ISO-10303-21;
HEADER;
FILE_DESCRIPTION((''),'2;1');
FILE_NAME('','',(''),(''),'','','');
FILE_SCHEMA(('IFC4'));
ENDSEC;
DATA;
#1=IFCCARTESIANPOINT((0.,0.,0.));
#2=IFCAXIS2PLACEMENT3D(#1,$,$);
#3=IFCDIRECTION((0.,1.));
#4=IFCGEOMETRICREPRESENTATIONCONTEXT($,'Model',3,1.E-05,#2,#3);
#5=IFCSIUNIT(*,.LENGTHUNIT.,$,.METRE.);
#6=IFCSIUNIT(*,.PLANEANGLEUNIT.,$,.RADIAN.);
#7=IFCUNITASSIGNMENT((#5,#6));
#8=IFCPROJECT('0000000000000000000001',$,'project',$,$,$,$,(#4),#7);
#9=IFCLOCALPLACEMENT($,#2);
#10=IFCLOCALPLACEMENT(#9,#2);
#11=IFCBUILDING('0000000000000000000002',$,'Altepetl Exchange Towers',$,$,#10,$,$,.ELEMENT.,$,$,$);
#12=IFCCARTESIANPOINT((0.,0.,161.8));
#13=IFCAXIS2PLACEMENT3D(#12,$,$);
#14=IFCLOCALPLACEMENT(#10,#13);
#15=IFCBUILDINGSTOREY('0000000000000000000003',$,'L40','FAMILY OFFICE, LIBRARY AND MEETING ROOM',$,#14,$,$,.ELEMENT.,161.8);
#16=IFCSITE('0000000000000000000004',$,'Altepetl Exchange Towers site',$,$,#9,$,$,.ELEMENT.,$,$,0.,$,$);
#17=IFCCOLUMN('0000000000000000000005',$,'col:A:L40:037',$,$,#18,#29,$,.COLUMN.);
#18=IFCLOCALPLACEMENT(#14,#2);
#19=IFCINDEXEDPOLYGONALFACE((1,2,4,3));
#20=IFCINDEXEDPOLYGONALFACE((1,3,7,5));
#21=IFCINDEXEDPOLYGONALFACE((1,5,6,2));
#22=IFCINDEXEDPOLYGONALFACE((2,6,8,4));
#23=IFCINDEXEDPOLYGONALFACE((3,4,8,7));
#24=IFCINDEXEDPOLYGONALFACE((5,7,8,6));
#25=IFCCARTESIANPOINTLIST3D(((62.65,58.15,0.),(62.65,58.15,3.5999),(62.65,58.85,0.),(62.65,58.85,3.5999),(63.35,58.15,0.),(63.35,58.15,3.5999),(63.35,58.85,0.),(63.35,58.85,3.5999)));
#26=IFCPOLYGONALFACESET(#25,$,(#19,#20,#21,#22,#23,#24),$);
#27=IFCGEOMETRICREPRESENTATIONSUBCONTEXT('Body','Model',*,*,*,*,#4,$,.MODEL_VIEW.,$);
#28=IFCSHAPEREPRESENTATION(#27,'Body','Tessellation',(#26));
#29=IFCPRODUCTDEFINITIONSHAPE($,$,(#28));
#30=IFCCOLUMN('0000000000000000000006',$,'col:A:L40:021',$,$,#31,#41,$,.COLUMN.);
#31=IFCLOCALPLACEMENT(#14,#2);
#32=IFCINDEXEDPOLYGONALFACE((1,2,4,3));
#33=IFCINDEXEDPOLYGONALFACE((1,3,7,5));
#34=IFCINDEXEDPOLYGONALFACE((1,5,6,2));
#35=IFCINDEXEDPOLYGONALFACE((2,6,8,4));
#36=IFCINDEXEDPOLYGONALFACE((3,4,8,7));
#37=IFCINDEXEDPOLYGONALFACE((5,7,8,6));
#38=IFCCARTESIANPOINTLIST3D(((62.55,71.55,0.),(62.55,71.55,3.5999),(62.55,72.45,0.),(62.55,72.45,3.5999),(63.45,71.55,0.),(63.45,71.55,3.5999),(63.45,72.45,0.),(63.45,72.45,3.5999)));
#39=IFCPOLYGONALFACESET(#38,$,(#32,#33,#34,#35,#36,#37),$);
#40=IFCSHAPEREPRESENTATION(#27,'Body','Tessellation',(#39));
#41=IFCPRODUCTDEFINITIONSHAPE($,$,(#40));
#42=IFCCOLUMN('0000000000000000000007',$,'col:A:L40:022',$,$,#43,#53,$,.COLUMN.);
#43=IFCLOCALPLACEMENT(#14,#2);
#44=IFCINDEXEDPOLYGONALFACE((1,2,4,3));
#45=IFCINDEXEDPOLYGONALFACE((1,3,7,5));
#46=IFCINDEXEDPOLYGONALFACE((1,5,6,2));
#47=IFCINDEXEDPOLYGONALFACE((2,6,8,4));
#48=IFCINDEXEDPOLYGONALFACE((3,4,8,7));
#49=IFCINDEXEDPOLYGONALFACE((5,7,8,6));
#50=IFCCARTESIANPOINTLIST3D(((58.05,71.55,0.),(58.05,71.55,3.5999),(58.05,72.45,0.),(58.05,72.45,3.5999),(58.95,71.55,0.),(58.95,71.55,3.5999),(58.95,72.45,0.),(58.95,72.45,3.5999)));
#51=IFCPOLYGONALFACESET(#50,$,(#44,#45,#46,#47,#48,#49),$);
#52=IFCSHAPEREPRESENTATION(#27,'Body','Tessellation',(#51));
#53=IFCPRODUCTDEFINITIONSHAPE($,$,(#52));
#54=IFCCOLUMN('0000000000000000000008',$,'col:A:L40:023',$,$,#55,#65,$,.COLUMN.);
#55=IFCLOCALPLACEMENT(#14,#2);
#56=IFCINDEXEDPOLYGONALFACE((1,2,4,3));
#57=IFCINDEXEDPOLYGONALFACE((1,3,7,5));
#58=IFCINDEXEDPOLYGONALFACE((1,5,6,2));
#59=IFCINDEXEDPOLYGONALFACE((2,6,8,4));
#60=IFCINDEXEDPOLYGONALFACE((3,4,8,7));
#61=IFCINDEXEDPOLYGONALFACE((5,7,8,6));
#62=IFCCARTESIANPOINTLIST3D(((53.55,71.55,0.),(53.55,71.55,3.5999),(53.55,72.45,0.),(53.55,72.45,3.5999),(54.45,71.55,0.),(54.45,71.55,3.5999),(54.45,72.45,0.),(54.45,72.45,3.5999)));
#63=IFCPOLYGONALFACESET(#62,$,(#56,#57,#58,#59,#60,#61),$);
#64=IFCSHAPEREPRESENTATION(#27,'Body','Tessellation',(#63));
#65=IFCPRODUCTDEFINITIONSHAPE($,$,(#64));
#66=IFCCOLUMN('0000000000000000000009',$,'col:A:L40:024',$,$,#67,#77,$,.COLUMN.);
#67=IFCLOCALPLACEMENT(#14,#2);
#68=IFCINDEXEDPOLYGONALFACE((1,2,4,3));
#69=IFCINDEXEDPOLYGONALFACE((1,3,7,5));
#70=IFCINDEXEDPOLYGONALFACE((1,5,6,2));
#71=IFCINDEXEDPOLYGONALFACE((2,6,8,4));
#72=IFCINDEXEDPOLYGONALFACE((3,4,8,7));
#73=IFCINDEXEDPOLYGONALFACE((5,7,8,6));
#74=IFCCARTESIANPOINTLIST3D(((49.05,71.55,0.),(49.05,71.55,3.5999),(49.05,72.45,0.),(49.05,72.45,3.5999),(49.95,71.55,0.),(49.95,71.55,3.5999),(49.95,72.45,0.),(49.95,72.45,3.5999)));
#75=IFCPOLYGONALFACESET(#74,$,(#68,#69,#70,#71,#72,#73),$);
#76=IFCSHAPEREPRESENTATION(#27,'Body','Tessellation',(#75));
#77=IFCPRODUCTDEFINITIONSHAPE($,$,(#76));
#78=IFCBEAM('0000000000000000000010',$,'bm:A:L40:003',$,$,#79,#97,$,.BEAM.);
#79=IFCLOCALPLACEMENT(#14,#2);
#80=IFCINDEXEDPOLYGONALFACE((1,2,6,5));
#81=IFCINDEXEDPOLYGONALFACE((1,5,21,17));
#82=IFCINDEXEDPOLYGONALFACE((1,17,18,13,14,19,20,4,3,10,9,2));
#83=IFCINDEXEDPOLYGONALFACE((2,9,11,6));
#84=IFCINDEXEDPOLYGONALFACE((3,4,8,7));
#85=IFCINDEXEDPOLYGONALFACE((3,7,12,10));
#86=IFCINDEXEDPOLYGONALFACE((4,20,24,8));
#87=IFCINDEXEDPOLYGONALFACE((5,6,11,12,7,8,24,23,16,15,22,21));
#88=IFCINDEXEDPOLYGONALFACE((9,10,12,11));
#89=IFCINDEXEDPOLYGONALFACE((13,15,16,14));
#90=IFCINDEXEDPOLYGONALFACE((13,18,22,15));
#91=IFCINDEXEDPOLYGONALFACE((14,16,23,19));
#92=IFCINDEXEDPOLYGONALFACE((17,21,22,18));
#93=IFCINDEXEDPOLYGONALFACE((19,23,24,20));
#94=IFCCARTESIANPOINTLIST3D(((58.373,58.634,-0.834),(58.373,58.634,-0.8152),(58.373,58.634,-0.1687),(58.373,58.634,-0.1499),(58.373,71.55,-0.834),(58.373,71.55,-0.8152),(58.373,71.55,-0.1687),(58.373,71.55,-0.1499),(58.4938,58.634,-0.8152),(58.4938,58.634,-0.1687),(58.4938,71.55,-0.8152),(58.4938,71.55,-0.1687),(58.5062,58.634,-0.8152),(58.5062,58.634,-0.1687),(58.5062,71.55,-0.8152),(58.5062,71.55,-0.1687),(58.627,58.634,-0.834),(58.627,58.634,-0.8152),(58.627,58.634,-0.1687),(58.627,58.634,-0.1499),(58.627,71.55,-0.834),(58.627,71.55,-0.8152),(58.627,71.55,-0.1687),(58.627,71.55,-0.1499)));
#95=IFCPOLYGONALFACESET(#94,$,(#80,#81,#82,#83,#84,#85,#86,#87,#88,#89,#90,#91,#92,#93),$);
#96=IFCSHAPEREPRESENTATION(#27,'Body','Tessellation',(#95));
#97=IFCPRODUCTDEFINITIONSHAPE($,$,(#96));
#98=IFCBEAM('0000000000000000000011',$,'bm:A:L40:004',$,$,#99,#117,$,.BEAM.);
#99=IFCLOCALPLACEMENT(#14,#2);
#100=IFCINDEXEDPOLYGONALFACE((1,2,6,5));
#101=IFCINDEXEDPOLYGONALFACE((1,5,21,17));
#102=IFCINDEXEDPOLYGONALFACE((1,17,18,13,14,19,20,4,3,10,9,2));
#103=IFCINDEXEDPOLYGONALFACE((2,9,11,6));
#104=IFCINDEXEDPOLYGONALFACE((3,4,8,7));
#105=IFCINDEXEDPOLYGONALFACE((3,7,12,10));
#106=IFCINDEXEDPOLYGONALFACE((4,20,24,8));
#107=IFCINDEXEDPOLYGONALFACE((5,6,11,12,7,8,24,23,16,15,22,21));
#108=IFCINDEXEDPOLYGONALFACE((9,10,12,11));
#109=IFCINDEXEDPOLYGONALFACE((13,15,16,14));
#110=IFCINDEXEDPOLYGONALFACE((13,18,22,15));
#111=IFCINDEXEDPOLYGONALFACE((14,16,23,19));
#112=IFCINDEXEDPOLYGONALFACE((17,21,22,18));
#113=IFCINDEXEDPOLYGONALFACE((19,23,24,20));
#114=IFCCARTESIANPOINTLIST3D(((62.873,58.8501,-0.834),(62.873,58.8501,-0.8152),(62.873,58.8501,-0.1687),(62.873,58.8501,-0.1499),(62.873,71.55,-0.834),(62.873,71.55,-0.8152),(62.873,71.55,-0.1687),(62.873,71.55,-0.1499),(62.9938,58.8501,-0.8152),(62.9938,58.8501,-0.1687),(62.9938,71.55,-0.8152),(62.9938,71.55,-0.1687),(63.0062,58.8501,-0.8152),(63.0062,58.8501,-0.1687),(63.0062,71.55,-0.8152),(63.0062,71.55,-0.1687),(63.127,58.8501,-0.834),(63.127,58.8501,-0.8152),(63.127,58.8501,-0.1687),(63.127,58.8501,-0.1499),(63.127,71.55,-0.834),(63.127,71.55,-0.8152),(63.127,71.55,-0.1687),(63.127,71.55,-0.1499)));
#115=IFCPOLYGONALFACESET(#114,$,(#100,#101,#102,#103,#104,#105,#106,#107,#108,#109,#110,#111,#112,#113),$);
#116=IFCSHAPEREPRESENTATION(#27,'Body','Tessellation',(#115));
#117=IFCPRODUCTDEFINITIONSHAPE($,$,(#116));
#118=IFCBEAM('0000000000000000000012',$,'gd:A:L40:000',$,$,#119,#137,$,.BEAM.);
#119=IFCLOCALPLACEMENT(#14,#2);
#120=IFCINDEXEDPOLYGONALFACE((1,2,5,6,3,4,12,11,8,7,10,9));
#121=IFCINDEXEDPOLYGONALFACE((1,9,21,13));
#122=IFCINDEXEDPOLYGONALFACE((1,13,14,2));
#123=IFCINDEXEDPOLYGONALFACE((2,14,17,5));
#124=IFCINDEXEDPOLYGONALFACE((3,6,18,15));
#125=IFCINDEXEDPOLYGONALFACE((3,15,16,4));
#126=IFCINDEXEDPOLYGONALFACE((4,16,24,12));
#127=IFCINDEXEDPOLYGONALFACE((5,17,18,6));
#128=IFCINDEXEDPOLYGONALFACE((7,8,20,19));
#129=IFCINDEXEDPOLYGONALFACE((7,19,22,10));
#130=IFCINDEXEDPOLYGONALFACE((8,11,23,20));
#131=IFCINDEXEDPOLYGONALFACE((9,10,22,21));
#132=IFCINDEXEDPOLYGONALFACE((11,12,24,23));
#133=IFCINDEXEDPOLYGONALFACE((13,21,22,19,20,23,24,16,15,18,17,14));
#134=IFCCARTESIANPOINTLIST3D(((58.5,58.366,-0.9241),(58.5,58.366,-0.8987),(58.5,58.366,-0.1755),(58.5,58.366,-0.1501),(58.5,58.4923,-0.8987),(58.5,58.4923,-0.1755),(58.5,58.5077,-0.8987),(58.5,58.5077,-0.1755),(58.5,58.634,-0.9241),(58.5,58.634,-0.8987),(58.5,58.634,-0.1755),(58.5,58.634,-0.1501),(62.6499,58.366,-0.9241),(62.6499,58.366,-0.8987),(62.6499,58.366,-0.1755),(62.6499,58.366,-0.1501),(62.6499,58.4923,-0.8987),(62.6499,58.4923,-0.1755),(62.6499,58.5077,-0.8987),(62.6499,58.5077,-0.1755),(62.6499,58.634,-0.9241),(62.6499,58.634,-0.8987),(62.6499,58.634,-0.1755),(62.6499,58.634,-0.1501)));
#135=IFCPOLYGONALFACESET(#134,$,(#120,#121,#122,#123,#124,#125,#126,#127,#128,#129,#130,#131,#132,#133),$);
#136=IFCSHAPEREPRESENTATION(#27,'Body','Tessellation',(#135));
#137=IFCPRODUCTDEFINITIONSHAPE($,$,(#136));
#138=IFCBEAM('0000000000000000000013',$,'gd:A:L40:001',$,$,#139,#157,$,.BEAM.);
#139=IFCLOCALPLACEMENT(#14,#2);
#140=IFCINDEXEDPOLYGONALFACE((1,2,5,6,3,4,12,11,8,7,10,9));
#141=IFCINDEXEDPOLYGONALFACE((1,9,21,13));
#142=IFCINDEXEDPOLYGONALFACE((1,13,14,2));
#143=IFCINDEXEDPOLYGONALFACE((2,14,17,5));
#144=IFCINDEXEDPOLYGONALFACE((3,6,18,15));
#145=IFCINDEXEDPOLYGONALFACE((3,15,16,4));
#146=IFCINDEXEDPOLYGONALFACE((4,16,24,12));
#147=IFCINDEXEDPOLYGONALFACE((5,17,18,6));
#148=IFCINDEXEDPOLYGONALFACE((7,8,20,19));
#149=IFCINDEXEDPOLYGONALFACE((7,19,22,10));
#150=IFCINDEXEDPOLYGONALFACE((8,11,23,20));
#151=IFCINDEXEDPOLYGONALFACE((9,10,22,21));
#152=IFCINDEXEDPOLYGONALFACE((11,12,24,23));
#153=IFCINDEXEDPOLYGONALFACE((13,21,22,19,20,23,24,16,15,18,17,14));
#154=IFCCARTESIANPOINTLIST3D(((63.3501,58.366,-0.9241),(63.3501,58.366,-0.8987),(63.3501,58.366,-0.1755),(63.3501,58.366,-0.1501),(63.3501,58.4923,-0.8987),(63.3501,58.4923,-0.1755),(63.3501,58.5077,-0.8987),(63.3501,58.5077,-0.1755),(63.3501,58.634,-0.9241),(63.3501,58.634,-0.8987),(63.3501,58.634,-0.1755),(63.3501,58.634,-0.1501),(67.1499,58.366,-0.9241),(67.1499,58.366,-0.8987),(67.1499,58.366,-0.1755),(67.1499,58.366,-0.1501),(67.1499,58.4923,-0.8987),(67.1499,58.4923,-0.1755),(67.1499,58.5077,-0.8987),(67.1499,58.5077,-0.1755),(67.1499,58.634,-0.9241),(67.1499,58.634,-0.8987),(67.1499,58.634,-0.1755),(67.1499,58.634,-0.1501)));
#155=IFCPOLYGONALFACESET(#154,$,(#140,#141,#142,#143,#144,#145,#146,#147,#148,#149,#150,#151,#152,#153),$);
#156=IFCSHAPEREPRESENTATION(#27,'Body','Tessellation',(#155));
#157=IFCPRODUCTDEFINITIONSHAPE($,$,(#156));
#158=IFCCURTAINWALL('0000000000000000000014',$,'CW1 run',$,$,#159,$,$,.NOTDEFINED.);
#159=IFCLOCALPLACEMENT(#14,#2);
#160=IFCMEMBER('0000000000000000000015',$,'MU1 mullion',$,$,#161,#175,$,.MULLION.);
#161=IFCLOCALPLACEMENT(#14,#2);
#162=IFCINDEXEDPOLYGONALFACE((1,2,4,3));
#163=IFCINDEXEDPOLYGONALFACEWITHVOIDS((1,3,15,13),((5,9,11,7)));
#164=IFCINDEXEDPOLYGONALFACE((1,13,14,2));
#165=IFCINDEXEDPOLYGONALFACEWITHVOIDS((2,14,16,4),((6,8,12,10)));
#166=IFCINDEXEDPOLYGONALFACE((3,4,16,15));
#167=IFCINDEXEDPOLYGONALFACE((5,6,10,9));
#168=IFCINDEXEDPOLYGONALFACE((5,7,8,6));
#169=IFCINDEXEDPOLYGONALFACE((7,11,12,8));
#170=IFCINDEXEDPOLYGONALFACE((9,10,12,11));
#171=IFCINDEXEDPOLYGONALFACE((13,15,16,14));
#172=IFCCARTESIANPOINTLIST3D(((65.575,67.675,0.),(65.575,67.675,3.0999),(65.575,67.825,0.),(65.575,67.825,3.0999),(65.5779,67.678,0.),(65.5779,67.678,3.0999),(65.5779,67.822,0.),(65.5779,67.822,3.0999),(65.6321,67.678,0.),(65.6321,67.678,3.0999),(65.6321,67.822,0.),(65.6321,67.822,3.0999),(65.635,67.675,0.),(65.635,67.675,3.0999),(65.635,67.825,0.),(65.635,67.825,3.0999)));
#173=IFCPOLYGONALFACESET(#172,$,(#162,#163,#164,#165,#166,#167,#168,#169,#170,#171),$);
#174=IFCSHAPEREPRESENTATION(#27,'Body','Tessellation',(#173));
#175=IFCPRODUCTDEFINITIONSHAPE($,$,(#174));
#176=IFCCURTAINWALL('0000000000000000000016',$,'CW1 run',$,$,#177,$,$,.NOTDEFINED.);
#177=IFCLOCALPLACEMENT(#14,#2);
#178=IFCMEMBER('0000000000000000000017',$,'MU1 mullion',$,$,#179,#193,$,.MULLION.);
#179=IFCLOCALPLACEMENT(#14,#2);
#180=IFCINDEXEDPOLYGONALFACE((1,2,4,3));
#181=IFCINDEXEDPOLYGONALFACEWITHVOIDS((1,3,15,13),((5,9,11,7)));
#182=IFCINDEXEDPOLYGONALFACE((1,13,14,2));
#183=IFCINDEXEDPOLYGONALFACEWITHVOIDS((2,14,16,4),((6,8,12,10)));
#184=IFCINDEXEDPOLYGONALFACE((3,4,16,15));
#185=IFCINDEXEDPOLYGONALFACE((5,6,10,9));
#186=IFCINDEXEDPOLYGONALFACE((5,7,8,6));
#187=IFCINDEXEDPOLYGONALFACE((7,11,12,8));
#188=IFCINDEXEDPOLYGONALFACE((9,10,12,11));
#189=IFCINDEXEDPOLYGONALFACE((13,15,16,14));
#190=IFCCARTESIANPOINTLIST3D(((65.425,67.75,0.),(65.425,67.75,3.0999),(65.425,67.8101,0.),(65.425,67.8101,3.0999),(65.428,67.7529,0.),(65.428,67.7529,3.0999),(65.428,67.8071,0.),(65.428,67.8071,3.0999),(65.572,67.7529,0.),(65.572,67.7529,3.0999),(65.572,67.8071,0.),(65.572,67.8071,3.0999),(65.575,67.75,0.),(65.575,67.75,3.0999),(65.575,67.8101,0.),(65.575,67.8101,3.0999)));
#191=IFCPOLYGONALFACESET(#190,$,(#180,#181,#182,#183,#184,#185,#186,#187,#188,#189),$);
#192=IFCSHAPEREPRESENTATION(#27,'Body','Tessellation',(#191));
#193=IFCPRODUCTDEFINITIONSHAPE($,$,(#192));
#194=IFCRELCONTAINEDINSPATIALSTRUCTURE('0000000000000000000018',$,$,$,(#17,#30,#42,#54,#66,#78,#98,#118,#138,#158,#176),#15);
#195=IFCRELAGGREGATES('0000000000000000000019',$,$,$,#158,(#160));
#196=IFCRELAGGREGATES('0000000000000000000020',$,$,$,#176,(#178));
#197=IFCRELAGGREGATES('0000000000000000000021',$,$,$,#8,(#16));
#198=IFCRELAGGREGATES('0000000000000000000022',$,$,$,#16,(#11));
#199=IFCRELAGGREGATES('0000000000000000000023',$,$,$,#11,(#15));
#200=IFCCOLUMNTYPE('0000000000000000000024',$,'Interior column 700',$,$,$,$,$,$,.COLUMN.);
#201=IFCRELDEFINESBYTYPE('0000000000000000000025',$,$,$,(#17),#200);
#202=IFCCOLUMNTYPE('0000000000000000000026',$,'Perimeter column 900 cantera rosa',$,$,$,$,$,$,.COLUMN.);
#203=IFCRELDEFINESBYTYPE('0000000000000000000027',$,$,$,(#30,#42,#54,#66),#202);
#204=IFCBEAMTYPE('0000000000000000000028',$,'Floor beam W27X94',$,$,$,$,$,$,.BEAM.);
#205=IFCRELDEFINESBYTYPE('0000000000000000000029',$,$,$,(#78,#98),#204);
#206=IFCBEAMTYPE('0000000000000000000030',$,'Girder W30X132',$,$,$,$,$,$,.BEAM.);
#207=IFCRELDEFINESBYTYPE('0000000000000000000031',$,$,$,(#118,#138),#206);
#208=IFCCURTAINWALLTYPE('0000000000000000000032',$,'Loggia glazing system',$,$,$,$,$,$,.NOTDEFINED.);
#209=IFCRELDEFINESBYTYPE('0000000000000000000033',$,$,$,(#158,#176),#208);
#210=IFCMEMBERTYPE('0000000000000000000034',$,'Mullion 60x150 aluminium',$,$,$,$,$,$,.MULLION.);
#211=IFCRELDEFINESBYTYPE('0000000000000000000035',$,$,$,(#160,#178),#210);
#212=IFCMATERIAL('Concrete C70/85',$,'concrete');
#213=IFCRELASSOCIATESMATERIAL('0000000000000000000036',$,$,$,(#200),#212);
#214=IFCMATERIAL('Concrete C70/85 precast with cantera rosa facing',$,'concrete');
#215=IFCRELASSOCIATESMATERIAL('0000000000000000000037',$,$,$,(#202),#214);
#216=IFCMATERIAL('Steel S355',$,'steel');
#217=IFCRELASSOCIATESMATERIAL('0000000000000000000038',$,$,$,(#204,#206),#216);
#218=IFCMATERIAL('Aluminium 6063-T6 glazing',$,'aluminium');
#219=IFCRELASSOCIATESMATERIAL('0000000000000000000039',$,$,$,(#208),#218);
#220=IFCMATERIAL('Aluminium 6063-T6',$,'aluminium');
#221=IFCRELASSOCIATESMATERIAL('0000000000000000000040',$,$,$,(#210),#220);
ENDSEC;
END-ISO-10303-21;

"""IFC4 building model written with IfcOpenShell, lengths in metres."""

from ifc_helpers import new_model, si_unit, direction, frame, origin, origin_2d, place, context, subcontext, project, spatial, rectangle, hollow_rectangle, i_section, extrude, material, material_profile, profile_set, type_object, element, aggregate, save


model = new_model("IFC4")

# Units and contexts
model_context = context("Model", 3, precision=1e-05, world=origin(), true_north=direction((0.0, 1.0)))
body_context = subcontext(model_context, "Body", "Model", "MODEL_VIEW")
ifc_project = project(units=[si_unit("LENGTHUNIT", "METRE"), si_unit("PLANEANGLEUNIT", "RADIAN")], contexts=[model_context])

# Site, building, storey
site_placement = place(None, origin())
site = spatial("IfcSite", under=ifc_project, at=site_placement, Name="Altepetl Exchange Towers site", CompositionType="ELEMENT", RefElevation=0.0)
building_placement = place(site_placement, origin())
building = spatial("IfcBuilding", under=site, at=building_placement, Name="Altepetl Exchange Towers", CompositionType="ELEMENT")
storey_placement = place(building_placement, frame((0.0, 0.0, 161.8)))
storey = spatial("IfcBuildingStorey", under=building, at=storey_placement, Name="L40", Description="FAMILY OFFICE, LIBRARY AND MEETING ROOM", CompositionType="ELEMENT", Elevation=161.8)

# Columns
ifc_material_1 = material(Name="Concrete C70/85", Category="concrete")
ifc_material_profile_1 = material_profile(ifc_material_1, rectangle(XDim=0.7, YDim=0.7, at=origin_2d()), Name="700 x 700")
ifc_profile_set_1 = profile_set([ifc_material_profile_1], Name="Concrete C70/85")
column_type_1 = type_object("IfcColumnType", Name="Interior column 700", PredefinedType="COLUMN", material=ifc_profile_set_1)
column_placement = place(storey_placement, frame((63.0, 58.5, 0.0)))
element("IfcColumn", 1, at=column_placement, inside=storey, type_object=column_type_1, Name="col:A:L40:037", PredefinedType="COLUMN", context=body_context, shape_type="SweptSolid", body=[
    extrude(rectangle(XDim=0.7, YDim=0.7, at=origin_2d()), origin(), (0.0, 0.0, 1.0), 3.5999),
])
ifc_material_2 = material(Name="Concrete C70/85 precast with cantera rosa facing", Category="concrete")
ifc_material_profile_2 = material_profile(ifc_material_2, rectangle(XDim=0.8999, YDim=0.8999, at=origin_2d()), Name="900 x 900")
ifc_profile_set_2 = profile_set([ifc_material_profile_2], Name="Concrete C70/85 precast with cantera rosa facing")
column_type_2 = type_object("IfcColumnType", Name="Perimeter column 900 cantera rosa", PredefinedType="COLUMN", material=ifc_profile_set_2)
for number, where, name in (
    (2, (63.0, 72.0, 0.0), "col:A:L40:021"),
    (3, (58.5, 72.0, 0.0), "col:A:L40:022"),
    (4, (54.0, 72.0, 0.0), "col:A:L40:023"),
    (5, (49.5, 72.0, 0.0), "col:A:L40:024"),
):
    element("IfcColumn", number, at=place(storey_placement, frame(where)), inside=storey, type_object=column_type_2, Name=name, PredefinedType="COLUMN", context=body_context, shape_type="SweptSolid", body=[
        extrude(rectangle(XDim=0.8999, YDim=0.8999, at=origin_2d()), origin(), (0.0, 0.0, 1.0), 3.5999),
    ])

# Beams
ifc_material_3 = material(Name="Steel S355", Category="steel")
ifc_material_profile_3 = material_profile(ifc_material_3, i_section(OverallWidth=0.2539, OverallDepth=0.6841, WebThickness=0.0125, FlangeThickness=0.0188, at=origin_2d()), Name="W27X94")
ifc_profile_set_3 = profile_set([ifc_material_profile_3], Name="Steel S355")
beam_type_1 = type_object("IfcBeamType", Name="Floor beam W27X94", PredefinedType="BEAM", material=ifc_profile_set_3)
beam_1_placement = place(storey_placement, frame((58.5, 58.634, -0.4919), z_axis=(0.0, 1.0, 0.0), x_axis=(-1.0, 0.0, 0.0)))
element("IfcBeam", 6, at=beam_1_placement, inside=storey, type_object=beam_type_1, Name="bm:A:L40:003", PredefinedType="BEAM", context=body_context, shape_type="SweptSolid", body=[
    extrude(i_section(OverallWidth=0.2539, OverallDepth=0.6841, WebThickness=0.0125, FlangeThickness=0.0188, at=origin_2d()), origin(), (0.0, 0.0, 1.0), 12.916),
])
beam_2_placement = place(storey_placement, frame((63.0, 58.8501, -0.4919), z_axis=(0.0, 1.0, 0.0), x_axis=(-1.0, 0.0, 0.0)))
element("IfcBeam", 7, at=beam_2_placement, inside=storey, type_object=beam_type_1, Name="bm:A:L40:004", PredefinedType="BEAM", context=body_context, shape_type="SweptSolid", body=[
    extrude(i_section(OverallWidth=0.2539, OverallDepth=0.6841, WebThickness=0.0125, FlangeThickness=0.0188, at=origin_2d()), origin(), (0.0, 0.0, 1.0), 12.7),
])
ifc_material_profile_4 = material_profile(ifc_material_3, i_section(OverallWidth=0.2681, OverallDepth=0.7739, WebThickness=0.0154, FlangeThickness=0.0254, at=origin_2d()), Name="W30X132")
ifc_profile_set_4 = profile_set([ifc_material_profile_4], Name="Steel S355")
beam_type_2 = type_object("IfcBeamType", Name="Girder W30X132", PredefinedType="BEAM", material=ifc_profile_set_4)
beam_3_placement = place(storey_placement, frame((58.5, 58.5, -0.5371), z_axis=(1.0, 0.0, 0.0), x_axis=(0.0, 1.0, 0.0)))
element("IfcBeam", 8, at=beam_3_placement, inside=storey, type_object=beam_type_2, Name="gd:A:L40:000", PredefinedType="BEAM", context=body_context, shape_type="SweptSolid", body=[
    extrude(i_section(OverallWidth=0.2681, OverallDepth=0.7739, WebThickness=0.0154, FlangeThickness=0.0254, at=origin_2d()), origin(), (0.0, 0.0, 1.0), 4.1499),
])
beam_4_placement = place(storey_placement, frame((63.3501, 58.5, -0.5371), z_axis=(1.0, 0.0, 0.0), x_axis=(0.0, 1.0, 0.0)))
element("IfcBeam", 9, at=beam_4_placement, inside=storey, type_object=beam_type_2, Name="gd:A:L40:001", PredefinedType="BEAM", context=body_context, shape_type="SweptSolid", body=[
    extrude(i_section(OverallWidth=0.2681, OverallDepth=0.7739, WebThickness=0.0154, FlangeThickness=0.0254, at=origin_2d()), origin(), (0.0, 0.0, 1.0), 3.7998),
])

# Curtain wall, member
ifc_material_4 = material(Name="Aluminium 6063-T6 glazing", Category="aluminium")
curtain_wall_type = type_object("IfcCurtainWallType", Name="Loggia glazing system", PredefinedType="NOTDEFINED", material=ifc_material_4)
curtain_wall_1_placement = place(storey_placement, origin())
curtain_wall_1 = element("IfcCurtainWall", 10, at=curtain_wall_1_placement, inside=storey, type_object=curtain_wall_type, Name="CW1 run", PredefinedType="NOTDEFINED")
ifc_material_5 = material(Name="Aluminium 6063-T6", Category="aluminium")
ifc_material_profile_5 = material_profile(ifc_material_5, hollow_rectangle(XDim=0.0601, YDim=0.1499, WallThickness=0.0029, at=origin_2d()), Name="Mullion 60x150 aluminium")
ifc_profile_set_5 = profile_set([ifc_material_profile_5], Name="Aluminium 6063-T6")
member_type = type_object("IfcMemberType", Name="Mullion 60x150 aluminium", PredefinedType="MULLION", material=ifc_profile_set_5)
member_1_placement = place(storey_placement, frame((65.605, 67.75, 0.0), z_axis=(0.0, 0.0, 1.0), x_axis=(-1.0, 0.0, 0.0)))
member_1 = element("IfcMember", 11, at=member_1_placement, type_object=member_type, Name="MU1 mullion", PredefinedType="MULLION", context=body_context, shape_type="SweptSolid", body=[
    extrude(hollow_rectangle(XDim=0.0601, YDim=0.1499, WallThickness=0.0029, at=origin_2d()), origin(), (0.0, 0.0, 1.0), 3.0999),
])
aggregate(curtain_wall_1, [member_1])

# Curtain wall, member
curtain_wall_2_placement = place(storey_placement, origin())
curtain_wall_2 = element("IfcCurtainWall", 12, at=curtain_wall_2_placement, inside=storey, type_object=curtain_wall_type, Name="CW1 run", PredefinedType="NOTDEFINED")
member_2_placement = place(storey_placement, frame((65.5, 67.78, 0.0), z_axis=(0.0, 0.0, 1.0), x_axis=(0.0, 1.0, 0.0)))
member_2 = element("IfcMember", 13, at=member_2_placement, type_object=member_type, Name="MU1 mullion", PredefinedType="MULLION", context=body_context, shape_type="SweptSolid", body=[
    extrude(hollow_rectangle(XDim=0.0601, YDim=0.1499, WallThickness=0.0029, at=origin_2d()), origin(), (0.0, 0.0, 1.0), 3.0999),
])

aggregate(curtain_wall_2, [member_2])

save(model, "model.ifc")
